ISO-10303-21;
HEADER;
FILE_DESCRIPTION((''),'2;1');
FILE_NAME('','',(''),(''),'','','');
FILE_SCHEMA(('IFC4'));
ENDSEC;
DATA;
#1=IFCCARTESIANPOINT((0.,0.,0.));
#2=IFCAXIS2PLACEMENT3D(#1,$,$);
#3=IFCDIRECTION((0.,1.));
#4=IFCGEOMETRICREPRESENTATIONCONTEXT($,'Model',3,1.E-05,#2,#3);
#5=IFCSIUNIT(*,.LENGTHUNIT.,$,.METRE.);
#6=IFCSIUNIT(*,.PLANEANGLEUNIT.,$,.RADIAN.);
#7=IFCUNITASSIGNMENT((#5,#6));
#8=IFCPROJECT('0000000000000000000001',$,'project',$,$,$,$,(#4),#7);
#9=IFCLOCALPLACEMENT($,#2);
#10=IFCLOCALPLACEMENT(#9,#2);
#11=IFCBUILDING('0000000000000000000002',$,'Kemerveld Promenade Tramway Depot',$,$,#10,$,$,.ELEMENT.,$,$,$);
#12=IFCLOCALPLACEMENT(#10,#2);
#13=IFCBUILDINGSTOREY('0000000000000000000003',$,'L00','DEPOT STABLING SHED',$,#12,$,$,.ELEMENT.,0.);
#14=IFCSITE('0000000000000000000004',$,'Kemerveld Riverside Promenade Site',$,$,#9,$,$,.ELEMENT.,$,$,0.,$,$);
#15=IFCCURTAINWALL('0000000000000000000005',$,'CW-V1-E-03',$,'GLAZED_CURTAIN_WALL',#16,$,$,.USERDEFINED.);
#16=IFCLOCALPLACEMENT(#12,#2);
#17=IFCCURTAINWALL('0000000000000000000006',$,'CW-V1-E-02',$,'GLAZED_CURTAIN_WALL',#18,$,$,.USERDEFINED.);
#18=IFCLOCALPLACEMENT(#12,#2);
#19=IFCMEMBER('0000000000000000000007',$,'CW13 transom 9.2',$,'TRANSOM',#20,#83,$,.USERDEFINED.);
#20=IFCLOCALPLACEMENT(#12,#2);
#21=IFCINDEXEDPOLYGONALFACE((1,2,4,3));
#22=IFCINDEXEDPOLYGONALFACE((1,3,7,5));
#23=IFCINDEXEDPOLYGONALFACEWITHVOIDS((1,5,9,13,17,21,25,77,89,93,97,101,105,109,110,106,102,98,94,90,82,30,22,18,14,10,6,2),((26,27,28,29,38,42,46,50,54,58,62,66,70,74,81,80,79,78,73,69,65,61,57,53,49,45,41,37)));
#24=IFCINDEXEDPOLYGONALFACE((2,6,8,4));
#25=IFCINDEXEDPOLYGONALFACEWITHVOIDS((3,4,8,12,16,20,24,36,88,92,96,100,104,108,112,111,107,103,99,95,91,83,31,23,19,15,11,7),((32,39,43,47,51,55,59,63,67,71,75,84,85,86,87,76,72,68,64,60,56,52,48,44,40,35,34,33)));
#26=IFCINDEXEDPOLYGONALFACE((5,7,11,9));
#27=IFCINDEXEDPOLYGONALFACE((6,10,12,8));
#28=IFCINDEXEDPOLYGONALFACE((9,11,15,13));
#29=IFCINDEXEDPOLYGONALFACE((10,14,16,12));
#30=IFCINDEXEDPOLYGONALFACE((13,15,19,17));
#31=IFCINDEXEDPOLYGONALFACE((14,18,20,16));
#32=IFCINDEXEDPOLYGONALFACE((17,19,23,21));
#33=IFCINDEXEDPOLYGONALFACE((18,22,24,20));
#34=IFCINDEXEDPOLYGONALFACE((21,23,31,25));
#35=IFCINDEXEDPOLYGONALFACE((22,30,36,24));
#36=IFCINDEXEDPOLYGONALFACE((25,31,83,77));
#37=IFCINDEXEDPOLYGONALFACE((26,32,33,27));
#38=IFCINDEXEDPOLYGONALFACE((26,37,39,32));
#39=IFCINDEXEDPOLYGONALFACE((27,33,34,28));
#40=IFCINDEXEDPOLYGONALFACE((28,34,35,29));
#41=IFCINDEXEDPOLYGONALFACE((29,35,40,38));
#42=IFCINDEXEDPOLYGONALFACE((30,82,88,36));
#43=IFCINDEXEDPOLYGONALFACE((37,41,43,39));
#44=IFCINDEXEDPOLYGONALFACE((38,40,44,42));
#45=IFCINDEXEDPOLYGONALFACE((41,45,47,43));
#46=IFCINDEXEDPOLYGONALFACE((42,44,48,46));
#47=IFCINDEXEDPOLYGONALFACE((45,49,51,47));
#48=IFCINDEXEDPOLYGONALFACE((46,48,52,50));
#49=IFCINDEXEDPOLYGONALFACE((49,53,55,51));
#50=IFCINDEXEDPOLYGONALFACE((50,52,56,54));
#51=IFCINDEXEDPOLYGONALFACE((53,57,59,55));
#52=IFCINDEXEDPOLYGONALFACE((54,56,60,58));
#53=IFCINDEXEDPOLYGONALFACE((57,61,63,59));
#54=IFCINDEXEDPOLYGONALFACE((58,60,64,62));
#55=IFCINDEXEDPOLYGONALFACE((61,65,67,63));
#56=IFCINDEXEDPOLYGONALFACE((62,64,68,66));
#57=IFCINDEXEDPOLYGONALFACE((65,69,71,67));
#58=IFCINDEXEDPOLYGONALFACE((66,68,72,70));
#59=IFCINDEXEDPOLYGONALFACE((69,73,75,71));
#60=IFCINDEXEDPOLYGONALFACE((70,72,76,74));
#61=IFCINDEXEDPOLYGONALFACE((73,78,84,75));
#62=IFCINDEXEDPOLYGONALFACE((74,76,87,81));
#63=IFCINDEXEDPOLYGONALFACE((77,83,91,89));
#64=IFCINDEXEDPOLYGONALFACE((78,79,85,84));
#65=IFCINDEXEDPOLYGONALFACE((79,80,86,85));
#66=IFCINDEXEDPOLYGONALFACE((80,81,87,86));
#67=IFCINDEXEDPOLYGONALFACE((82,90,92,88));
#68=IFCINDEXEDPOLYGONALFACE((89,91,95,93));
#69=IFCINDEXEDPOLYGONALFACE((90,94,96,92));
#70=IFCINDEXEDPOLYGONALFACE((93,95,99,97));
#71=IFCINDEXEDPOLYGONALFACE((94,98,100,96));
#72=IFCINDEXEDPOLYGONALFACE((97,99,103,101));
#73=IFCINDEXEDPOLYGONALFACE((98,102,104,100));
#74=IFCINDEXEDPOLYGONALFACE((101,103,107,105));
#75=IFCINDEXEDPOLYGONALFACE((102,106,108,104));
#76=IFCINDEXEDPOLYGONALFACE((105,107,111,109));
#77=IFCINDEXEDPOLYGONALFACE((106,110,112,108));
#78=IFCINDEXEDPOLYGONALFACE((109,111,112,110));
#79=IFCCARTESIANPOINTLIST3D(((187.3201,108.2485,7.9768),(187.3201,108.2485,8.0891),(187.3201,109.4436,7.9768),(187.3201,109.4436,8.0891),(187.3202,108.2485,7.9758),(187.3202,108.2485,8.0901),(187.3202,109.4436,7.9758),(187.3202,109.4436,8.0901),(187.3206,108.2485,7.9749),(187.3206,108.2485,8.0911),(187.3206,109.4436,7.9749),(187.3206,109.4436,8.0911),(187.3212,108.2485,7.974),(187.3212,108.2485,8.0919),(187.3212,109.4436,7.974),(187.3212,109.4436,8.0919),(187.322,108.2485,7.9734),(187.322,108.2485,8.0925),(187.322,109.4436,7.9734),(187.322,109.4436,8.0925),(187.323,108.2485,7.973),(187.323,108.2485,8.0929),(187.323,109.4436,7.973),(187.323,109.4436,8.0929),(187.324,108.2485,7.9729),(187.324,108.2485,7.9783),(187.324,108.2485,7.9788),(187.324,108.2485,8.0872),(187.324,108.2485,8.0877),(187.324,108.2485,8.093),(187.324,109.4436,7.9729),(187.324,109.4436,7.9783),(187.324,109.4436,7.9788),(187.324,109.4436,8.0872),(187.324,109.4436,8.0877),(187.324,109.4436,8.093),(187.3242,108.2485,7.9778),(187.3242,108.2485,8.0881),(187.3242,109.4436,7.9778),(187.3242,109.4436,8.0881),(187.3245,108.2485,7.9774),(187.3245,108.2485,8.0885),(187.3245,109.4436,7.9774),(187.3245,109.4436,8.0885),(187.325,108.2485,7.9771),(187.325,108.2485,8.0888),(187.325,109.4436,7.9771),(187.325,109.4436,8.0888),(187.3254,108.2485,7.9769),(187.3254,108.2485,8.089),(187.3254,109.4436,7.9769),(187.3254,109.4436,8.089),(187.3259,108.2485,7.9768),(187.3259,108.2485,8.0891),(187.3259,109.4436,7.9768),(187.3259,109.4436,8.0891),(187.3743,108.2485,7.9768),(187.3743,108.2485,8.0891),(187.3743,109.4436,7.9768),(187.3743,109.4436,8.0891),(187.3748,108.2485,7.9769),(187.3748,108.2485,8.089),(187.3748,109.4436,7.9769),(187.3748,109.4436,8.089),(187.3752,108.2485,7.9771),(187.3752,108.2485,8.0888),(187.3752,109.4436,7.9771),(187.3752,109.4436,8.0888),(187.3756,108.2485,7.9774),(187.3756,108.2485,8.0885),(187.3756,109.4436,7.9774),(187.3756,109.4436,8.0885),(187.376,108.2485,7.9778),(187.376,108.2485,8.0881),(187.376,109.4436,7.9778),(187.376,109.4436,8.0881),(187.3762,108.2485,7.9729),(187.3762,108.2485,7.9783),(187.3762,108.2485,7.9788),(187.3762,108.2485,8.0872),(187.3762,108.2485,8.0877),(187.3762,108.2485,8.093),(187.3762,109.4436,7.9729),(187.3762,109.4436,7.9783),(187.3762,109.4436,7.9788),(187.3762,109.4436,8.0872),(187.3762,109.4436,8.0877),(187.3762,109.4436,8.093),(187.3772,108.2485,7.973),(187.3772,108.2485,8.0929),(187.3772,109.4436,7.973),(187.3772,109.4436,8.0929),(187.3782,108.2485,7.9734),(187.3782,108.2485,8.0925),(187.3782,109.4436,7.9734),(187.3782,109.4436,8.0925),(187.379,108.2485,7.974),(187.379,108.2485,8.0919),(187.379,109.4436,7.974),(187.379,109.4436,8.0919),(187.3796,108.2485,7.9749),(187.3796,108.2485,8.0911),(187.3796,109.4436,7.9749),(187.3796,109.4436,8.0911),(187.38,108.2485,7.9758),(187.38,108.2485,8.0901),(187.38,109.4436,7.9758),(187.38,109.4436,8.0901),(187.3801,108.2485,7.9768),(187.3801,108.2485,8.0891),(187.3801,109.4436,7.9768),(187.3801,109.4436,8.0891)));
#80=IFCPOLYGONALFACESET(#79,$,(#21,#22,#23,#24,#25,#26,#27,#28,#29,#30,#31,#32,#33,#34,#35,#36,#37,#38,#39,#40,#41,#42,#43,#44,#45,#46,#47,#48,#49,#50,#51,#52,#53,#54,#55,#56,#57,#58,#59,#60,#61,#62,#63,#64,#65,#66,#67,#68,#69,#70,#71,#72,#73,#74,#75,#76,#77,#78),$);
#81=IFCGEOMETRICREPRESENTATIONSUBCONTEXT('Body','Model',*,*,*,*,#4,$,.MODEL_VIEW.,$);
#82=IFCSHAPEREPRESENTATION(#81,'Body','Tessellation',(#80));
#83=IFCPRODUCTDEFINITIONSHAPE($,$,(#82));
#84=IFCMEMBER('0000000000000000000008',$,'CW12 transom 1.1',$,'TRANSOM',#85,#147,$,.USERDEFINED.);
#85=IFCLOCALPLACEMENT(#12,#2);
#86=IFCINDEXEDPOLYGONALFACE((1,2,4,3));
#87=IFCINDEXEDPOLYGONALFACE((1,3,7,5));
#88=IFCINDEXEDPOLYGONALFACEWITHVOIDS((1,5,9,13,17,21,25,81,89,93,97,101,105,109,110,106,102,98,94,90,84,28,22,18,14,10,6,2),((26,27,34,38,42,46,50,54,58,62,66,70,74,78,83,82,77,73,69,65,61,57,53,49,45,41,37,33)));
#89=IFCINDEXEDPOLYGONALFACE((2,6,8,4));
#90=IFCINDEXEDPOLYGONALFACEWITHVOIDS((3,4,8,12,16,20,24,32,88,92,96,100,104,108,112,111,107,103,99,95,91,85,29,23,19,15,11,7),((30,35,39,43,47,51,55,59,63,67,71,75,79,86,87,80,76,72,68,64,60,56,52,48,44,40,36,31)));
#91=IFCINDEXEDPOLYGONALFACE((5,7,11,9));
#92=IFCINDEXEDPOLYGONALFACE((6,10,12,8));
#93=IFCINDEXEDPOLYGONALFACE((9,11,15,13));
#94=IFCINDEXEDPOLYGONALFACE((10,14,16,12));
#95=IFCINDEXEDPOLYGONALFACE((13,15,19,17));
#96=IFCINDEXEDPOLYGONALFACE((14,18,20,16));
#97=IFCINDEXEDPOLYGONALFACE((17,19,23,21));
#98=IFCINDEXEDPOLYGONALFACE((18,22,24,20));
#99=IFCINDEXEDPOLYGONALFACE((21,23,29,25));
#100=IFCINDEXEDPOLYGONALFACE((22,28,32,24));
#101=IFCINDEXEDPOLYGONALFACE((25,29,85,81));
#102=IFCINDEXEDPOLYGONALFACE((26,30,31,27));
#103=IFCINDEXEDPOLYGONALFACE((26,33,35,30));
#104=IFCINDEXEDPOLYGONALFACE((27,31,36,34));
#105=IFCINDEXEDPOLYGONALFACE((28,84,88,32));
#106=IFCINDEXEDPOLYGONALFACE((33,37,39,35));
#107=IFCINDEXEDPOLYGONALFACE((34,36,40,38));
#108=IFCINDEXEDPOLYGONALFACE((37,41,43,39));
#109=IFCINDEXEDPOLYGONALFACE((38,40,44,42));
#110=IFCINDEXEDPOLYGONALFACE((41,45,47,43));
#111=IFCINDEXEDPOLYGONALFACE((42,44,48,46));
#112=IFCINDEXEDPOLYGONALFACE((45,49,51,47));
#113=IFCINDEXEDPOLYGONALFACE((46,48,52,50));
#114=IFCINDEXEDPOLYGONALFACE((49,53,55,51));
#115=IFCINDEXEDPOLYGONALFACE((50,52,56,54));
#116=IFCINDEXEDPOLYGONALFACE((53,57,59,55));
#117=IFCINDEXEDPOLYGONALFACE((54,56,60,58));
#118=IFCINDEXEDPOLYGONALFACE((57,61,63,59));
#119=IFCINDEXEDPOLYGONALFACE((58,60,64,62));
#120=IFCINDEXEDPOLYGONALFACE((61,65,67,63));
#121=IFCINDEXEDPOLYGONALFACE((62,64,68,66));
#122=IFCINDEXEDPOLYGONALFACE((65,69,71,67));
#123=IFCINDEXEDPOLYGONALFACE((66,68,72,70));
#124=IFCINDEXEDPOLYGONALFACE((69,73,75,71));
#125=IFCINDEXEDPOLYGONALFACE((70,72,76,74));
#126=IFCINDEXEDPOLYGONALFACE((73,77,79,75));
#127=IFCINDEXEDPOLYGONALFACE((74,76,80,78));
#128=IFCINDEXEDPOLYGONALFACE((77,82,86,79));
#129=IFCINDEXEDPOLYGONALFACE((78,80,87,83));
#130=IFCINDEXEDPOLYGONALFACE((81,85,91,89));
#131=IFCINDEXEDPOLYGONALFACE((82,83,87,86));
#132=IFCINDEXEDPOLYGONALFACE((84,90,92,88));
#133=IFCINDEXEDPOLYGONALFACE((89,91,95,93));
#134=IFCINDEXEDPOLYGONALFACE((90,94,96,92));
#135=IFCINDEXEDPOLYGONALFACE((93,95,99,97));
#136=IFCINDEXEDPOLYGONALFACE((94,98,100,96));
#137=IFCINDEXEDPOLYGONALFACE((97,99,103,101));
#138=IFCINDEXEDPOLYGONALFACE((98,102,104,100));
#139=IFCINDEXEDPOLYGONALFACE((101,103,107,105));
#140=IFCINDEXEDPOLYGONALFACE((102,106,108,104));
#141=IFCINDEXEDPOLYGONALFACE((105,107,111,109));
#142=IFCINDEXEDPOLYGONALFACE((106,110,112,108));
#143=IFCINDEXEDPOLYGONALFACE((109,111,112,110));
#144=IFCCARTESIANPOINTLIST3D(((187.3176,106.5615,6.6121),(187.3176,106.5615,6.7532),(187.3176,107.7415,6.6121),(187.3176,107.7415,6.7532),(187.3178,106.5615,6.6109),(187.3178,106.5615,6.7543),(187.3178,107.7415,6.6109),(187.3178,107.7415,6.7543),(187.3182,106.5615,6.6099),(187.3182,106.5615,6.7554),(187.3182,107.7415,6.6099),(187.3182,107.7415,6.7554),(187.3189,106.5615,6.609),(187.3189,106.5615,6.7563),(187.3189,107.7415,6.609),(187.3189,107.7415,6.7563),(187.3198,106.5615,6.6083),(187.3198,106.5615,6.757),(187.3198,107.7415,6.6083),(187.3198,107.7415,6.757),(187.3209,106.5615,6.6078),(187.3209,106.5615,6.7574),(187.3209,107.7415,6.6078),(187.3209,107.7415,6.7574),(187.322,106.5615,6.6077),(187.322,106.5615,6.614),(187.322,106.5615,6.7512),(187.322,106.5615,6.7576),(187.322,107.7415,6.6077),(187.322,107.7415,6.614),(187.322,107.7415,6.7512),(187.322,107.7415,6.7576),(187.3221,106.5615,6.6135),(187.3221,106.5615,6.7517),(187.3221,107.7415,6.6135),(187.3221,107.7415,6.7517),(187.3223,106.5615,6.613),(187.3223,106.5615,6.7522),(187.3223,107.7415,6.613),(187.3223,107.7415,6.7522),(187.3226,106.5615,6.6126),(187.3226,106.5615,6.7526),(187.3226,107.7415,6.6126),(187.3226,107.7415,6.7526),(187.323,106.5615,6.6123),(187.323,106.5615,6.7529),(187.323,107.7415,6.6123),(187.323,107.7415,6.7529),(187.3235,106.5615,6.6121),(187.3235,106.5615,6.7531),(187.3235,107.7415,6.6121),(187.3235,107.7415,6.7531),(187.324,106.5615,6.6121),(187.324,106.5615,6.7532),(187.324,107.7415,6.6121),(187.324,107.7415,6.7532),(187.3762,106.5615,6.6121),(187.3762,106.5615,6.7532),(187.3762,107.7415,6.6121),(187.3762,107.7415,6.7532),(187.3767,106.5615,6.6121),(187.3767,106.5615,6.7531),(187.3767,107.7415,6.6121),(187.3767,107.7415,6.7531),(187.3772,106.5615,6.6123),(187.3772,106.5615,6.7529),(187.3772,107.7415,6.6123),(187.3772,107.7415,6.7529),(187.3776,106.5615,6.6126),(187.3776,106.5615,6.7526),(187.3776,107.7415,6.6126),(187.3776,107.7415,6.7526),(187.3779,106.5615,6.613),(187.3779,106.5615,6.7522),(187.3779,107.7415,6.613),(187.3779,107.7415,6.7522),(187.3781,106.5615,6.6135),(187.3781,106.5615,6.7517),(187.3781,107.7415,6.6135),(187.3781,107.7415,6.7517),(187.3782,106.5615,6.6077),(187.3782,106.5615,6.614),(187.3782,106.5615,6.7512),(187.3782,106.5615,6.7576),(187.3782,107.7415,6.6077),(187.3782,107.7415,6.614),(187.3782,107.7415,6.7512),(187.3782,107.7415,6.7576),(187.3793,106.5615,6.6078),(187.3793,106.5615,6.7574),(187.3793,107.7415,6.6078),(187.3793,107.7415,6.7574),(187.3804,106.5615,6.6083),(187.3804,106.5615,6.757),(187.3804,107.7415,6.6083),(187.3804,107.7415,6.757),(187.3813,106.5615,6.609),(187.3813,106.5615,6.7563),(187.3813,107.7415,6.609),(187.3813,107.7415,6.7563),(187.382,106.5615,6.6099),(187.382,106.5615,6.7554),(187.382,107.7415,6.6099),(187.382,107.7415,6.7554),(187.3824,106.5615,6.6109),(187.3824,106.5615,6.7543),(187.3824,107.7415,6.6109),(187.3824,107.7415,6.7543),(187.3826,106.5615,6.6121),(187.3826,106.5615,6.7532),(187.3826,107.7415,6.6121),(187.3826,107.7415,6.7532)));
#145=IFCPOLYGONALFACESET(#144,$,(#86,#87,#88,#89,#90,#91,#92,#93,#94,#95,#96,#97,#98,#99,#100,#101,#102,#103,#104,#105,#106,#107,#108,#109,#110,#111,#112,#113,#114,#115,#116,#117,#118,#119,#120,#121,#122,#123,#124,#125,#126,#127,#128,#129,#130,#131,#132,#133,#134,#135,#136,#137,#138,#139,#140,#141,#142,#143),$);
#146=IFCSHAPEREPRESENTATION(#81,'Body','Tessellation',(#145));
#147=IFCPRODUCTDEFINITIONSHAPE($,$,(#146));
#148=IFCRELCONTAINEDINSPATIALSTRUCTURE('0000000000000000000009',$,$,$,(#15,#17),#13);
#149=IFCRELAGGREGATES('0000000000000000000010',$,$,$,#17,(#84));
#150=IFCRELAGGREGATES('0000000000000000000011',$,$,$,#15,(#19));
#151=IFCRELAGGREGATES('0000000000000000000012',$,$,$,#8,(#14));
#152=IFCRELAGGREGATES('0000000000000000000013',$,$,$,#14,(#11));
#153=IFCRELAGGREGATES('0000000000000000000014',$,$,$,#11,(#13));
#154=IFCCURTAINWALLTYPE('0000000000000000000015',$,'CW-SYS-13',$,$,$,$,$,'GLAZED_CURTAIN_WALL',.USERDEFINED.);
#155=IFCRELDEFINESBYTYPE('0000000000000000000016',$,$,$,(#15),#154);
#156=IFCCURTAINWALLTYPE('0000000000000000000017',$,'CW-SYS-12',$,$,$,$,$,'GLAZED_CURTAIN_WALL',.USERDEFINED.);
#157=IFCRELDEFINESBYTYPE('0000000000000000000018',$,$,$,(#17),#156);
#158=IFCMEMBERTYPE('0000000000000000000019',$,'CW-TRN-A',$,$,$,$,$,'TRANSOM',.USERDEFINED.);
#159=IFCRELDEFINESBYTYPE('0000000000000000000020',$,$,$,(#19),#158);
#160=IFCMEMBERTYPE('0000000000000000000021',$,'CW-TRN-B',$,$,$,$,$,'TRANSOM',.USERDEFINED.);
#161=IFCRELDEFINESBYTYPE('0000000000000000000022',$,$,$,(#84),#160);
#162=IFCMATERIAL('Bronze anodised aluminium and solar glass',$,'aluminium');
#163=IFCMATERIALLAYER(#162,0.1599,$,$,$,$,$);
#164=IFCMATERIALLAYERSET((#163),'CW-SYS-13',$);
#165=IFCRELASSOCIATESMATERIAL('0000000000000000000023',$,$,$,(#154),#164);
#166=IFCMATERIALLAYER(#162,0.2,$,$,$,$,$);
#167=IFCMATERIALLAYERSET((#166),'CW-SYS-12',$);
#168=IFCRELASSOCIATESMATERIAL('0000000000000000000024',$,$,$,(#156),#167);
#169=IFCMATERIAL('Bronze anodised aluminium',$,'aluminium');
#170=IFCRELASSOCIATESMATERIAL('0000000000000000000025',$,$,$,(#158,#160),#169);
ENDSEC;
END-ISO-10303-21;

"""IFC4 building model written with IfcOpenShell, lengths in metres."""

from ifc_helpers import new_model, si_unit, direction, frame, origin, origin_2d, place, context, subcontext, project, spatial, hollow_rectangle, extrude, material, layer, layer_set, material_profile, profile_set, type_object, element, aggregate, save


model = new_model("IFC4")

# Units and contexts
model_context = context("Model", 3, precision=1e-05, world=origin(), true_north=direction((0.0, 1.0)))
body_context = subcontext(model_context, "Body", "Model", "MODEL_VIEW")
ifc_project = project(units=[si_unit("LENGTHUNIT", "METRE"), si_unit("PLANEANGLEUNIT", "RADIAN")], contexts=[model_context])

# Site, building, storey
site_placement = place(None, origin())
site = spatial("IfcSite", under=ifc_project, at=site_placement, Name="Kemerveld Riverside Promenade Site", CompositionType="ELEMENT", RefElevation=0.0)
building_placement = place(site_placement, origin())
building = spatial("IfcBuilding", under=site, at=building_placement, Name="Kemerveld Promenade Tramway Depot", CompositionType="ELEMENT")
storey_placement = place(building_placement, origin())
storey = spatial("IfcBuildingStorey", under=building, at=storey_placement, Name="L00", Description="DEPOT STABLING SHED", CompositionType="ELEMENT", Elevation=0.0)

# Curtain walls
ifc_material_1 = material(Name="Bronze anodised aluminium and solar glass", Category="aluminium")
ifc_layer_1 = layer(ifc_material_1, 0.1599)
ifc_layer_set_1 = layer_set([ifc_layer_1], Name="CW-SYS-13")
curtain_wall_type_1 = type_object("IfcCurtainWallType", Name="CW-SYS-13", ElementType="GLAZED_CURTAIN_WALL", PredefinedType="USERDEFINED", material=ifc_layer_set_1)
curtain_wall_1_placement = place(storey_placement, origin())
curtain_wall_1 = element("IfcCurtainWall", 1, at=curtain_wall_1_placement, inside=storey, type_object=curtain_wall_type_1, Name="CW-V1-E-03", ObjectType="GLAZED_CURTAIN_WALL", PredefinedType="USERDEFINED")
ifc_material_2 = material(Name="Bronze anodised aluminium", Category="aluminium")
ifc_layer_2 = layer(ifc_material_1, 0.2)
ifc_layer_set_2 = layer_set([ifc_layer_2], Name="CW-SYS-12")
curtain_wall_type_2 = type_object("IfcCurtainWallType", Name="CW-SYS-12", ElementType="GLAZED_CURTAIN_WALL", PredefinedType="USERDEFINED", material=ifc_layer_set_2)
curtain_wall_2_placement = place(storey_placement, origin())
curtain_wall_2 = element("IfcCurtainWall", 2, at=curtain_wall_2_placement, inside=storey, type_object=curtain_wall_type_2, Name="CW-V1-E-02", ObjectType="GLAZED_CURTAIN_WALL", PredefinedType="USERDEFINED")

# Members
ifc_material_profile_1 = material_profile(ifc_material_2, hollow_rectangle(XDim=0.0601, YDim=0.1201, WallThickness=0.0039, InnerFilletRadius=0.002, OuterFilletRadius=0.0039, at=origin_2d()), Name="CW-TRN-120x60")
ifc_profile_set_1 = profile_set([ifc_material_profile_1], Name="Bronze anodised aluminium")
member_type_1 = type_object("IfcMemberType", Name="CW-TRN-A", ElementType="TRANSOM", PredefinedType="USERDEFINED", material=ifc_profile_set_1)
member_1_placement = place(storey_placement, frame((187.3501, 109.4436, 8.033), z_axis=(0.0, -1.0, 0.0), x_axis=(1.0, 0.0, 0.0)))
member_1 = element("IfcMember", 3, at=member_1_placement, type_object=member_type_1, Name="CW13 transom 9.2", ObjectType="TRANSOM", PredefinedType="USERDEFINED", context=body_context, shape_type="SweptSolid", body=[
    extrude(hollow_rectangle(XDim=0.0601, YDim=0.1201, WallThickness=0.0039, InnerFilletRadius=0.002, OuterFilletRadius=0.0039, at=origin_2d()), origin(), (0.0, 0.0, 1.0), 1.1951),
])
ifc_material_profile_2 = material_profile(ifc_material_2, hollow_rectangle(XDim=0.0649, YDim=0.1499, WallThickness=0.0044, InnerFilletRadius=0.002, OuterFilletRadius=0.0044, at=origin_2d()), Name="CW-TRN-150x65")
ifc_profile_set_2 = profile_set([ifc_material_profile_2], Name="Bronze anodised aluminium")
member_type_2 = type_object("IfcMemberType", Name="CW-TRN-B", ElementType="TRANSOM", PredefinedType="USERDEFINED", material=ifc_profile_set_2)
member_2_placement = place(storey_placement, frame((187.3501, 107.7415, 6.6826), z_axis=(0.0, -1.0, 0.0), x_axis=(1.0, 0.0, 0.0)))
member_2 = element("IfcMember", 4, at=member_2_placement, type_object=member_type_2, Name="CW12 transom 1.1", ObjectType="TRANSOM", PredefinedType="USERDEFINED", context=body_context, shape_type="SweptSolid", body=[
    extrude(hollow_rectangle(XDim=0.0649, YDim=0.1499, WallThickness=0.0044, InnerFilletRadius=0.002, OuterFilletRadius=0.0044, at=origin_2d()), origin(), (0.0, 0.0, 1.0), 1.1799),
])

aggregate(curtain_wall_2, [member_2])
aggregate(curtain_wall_1, [member_1])

save(model, "model.ifc")
